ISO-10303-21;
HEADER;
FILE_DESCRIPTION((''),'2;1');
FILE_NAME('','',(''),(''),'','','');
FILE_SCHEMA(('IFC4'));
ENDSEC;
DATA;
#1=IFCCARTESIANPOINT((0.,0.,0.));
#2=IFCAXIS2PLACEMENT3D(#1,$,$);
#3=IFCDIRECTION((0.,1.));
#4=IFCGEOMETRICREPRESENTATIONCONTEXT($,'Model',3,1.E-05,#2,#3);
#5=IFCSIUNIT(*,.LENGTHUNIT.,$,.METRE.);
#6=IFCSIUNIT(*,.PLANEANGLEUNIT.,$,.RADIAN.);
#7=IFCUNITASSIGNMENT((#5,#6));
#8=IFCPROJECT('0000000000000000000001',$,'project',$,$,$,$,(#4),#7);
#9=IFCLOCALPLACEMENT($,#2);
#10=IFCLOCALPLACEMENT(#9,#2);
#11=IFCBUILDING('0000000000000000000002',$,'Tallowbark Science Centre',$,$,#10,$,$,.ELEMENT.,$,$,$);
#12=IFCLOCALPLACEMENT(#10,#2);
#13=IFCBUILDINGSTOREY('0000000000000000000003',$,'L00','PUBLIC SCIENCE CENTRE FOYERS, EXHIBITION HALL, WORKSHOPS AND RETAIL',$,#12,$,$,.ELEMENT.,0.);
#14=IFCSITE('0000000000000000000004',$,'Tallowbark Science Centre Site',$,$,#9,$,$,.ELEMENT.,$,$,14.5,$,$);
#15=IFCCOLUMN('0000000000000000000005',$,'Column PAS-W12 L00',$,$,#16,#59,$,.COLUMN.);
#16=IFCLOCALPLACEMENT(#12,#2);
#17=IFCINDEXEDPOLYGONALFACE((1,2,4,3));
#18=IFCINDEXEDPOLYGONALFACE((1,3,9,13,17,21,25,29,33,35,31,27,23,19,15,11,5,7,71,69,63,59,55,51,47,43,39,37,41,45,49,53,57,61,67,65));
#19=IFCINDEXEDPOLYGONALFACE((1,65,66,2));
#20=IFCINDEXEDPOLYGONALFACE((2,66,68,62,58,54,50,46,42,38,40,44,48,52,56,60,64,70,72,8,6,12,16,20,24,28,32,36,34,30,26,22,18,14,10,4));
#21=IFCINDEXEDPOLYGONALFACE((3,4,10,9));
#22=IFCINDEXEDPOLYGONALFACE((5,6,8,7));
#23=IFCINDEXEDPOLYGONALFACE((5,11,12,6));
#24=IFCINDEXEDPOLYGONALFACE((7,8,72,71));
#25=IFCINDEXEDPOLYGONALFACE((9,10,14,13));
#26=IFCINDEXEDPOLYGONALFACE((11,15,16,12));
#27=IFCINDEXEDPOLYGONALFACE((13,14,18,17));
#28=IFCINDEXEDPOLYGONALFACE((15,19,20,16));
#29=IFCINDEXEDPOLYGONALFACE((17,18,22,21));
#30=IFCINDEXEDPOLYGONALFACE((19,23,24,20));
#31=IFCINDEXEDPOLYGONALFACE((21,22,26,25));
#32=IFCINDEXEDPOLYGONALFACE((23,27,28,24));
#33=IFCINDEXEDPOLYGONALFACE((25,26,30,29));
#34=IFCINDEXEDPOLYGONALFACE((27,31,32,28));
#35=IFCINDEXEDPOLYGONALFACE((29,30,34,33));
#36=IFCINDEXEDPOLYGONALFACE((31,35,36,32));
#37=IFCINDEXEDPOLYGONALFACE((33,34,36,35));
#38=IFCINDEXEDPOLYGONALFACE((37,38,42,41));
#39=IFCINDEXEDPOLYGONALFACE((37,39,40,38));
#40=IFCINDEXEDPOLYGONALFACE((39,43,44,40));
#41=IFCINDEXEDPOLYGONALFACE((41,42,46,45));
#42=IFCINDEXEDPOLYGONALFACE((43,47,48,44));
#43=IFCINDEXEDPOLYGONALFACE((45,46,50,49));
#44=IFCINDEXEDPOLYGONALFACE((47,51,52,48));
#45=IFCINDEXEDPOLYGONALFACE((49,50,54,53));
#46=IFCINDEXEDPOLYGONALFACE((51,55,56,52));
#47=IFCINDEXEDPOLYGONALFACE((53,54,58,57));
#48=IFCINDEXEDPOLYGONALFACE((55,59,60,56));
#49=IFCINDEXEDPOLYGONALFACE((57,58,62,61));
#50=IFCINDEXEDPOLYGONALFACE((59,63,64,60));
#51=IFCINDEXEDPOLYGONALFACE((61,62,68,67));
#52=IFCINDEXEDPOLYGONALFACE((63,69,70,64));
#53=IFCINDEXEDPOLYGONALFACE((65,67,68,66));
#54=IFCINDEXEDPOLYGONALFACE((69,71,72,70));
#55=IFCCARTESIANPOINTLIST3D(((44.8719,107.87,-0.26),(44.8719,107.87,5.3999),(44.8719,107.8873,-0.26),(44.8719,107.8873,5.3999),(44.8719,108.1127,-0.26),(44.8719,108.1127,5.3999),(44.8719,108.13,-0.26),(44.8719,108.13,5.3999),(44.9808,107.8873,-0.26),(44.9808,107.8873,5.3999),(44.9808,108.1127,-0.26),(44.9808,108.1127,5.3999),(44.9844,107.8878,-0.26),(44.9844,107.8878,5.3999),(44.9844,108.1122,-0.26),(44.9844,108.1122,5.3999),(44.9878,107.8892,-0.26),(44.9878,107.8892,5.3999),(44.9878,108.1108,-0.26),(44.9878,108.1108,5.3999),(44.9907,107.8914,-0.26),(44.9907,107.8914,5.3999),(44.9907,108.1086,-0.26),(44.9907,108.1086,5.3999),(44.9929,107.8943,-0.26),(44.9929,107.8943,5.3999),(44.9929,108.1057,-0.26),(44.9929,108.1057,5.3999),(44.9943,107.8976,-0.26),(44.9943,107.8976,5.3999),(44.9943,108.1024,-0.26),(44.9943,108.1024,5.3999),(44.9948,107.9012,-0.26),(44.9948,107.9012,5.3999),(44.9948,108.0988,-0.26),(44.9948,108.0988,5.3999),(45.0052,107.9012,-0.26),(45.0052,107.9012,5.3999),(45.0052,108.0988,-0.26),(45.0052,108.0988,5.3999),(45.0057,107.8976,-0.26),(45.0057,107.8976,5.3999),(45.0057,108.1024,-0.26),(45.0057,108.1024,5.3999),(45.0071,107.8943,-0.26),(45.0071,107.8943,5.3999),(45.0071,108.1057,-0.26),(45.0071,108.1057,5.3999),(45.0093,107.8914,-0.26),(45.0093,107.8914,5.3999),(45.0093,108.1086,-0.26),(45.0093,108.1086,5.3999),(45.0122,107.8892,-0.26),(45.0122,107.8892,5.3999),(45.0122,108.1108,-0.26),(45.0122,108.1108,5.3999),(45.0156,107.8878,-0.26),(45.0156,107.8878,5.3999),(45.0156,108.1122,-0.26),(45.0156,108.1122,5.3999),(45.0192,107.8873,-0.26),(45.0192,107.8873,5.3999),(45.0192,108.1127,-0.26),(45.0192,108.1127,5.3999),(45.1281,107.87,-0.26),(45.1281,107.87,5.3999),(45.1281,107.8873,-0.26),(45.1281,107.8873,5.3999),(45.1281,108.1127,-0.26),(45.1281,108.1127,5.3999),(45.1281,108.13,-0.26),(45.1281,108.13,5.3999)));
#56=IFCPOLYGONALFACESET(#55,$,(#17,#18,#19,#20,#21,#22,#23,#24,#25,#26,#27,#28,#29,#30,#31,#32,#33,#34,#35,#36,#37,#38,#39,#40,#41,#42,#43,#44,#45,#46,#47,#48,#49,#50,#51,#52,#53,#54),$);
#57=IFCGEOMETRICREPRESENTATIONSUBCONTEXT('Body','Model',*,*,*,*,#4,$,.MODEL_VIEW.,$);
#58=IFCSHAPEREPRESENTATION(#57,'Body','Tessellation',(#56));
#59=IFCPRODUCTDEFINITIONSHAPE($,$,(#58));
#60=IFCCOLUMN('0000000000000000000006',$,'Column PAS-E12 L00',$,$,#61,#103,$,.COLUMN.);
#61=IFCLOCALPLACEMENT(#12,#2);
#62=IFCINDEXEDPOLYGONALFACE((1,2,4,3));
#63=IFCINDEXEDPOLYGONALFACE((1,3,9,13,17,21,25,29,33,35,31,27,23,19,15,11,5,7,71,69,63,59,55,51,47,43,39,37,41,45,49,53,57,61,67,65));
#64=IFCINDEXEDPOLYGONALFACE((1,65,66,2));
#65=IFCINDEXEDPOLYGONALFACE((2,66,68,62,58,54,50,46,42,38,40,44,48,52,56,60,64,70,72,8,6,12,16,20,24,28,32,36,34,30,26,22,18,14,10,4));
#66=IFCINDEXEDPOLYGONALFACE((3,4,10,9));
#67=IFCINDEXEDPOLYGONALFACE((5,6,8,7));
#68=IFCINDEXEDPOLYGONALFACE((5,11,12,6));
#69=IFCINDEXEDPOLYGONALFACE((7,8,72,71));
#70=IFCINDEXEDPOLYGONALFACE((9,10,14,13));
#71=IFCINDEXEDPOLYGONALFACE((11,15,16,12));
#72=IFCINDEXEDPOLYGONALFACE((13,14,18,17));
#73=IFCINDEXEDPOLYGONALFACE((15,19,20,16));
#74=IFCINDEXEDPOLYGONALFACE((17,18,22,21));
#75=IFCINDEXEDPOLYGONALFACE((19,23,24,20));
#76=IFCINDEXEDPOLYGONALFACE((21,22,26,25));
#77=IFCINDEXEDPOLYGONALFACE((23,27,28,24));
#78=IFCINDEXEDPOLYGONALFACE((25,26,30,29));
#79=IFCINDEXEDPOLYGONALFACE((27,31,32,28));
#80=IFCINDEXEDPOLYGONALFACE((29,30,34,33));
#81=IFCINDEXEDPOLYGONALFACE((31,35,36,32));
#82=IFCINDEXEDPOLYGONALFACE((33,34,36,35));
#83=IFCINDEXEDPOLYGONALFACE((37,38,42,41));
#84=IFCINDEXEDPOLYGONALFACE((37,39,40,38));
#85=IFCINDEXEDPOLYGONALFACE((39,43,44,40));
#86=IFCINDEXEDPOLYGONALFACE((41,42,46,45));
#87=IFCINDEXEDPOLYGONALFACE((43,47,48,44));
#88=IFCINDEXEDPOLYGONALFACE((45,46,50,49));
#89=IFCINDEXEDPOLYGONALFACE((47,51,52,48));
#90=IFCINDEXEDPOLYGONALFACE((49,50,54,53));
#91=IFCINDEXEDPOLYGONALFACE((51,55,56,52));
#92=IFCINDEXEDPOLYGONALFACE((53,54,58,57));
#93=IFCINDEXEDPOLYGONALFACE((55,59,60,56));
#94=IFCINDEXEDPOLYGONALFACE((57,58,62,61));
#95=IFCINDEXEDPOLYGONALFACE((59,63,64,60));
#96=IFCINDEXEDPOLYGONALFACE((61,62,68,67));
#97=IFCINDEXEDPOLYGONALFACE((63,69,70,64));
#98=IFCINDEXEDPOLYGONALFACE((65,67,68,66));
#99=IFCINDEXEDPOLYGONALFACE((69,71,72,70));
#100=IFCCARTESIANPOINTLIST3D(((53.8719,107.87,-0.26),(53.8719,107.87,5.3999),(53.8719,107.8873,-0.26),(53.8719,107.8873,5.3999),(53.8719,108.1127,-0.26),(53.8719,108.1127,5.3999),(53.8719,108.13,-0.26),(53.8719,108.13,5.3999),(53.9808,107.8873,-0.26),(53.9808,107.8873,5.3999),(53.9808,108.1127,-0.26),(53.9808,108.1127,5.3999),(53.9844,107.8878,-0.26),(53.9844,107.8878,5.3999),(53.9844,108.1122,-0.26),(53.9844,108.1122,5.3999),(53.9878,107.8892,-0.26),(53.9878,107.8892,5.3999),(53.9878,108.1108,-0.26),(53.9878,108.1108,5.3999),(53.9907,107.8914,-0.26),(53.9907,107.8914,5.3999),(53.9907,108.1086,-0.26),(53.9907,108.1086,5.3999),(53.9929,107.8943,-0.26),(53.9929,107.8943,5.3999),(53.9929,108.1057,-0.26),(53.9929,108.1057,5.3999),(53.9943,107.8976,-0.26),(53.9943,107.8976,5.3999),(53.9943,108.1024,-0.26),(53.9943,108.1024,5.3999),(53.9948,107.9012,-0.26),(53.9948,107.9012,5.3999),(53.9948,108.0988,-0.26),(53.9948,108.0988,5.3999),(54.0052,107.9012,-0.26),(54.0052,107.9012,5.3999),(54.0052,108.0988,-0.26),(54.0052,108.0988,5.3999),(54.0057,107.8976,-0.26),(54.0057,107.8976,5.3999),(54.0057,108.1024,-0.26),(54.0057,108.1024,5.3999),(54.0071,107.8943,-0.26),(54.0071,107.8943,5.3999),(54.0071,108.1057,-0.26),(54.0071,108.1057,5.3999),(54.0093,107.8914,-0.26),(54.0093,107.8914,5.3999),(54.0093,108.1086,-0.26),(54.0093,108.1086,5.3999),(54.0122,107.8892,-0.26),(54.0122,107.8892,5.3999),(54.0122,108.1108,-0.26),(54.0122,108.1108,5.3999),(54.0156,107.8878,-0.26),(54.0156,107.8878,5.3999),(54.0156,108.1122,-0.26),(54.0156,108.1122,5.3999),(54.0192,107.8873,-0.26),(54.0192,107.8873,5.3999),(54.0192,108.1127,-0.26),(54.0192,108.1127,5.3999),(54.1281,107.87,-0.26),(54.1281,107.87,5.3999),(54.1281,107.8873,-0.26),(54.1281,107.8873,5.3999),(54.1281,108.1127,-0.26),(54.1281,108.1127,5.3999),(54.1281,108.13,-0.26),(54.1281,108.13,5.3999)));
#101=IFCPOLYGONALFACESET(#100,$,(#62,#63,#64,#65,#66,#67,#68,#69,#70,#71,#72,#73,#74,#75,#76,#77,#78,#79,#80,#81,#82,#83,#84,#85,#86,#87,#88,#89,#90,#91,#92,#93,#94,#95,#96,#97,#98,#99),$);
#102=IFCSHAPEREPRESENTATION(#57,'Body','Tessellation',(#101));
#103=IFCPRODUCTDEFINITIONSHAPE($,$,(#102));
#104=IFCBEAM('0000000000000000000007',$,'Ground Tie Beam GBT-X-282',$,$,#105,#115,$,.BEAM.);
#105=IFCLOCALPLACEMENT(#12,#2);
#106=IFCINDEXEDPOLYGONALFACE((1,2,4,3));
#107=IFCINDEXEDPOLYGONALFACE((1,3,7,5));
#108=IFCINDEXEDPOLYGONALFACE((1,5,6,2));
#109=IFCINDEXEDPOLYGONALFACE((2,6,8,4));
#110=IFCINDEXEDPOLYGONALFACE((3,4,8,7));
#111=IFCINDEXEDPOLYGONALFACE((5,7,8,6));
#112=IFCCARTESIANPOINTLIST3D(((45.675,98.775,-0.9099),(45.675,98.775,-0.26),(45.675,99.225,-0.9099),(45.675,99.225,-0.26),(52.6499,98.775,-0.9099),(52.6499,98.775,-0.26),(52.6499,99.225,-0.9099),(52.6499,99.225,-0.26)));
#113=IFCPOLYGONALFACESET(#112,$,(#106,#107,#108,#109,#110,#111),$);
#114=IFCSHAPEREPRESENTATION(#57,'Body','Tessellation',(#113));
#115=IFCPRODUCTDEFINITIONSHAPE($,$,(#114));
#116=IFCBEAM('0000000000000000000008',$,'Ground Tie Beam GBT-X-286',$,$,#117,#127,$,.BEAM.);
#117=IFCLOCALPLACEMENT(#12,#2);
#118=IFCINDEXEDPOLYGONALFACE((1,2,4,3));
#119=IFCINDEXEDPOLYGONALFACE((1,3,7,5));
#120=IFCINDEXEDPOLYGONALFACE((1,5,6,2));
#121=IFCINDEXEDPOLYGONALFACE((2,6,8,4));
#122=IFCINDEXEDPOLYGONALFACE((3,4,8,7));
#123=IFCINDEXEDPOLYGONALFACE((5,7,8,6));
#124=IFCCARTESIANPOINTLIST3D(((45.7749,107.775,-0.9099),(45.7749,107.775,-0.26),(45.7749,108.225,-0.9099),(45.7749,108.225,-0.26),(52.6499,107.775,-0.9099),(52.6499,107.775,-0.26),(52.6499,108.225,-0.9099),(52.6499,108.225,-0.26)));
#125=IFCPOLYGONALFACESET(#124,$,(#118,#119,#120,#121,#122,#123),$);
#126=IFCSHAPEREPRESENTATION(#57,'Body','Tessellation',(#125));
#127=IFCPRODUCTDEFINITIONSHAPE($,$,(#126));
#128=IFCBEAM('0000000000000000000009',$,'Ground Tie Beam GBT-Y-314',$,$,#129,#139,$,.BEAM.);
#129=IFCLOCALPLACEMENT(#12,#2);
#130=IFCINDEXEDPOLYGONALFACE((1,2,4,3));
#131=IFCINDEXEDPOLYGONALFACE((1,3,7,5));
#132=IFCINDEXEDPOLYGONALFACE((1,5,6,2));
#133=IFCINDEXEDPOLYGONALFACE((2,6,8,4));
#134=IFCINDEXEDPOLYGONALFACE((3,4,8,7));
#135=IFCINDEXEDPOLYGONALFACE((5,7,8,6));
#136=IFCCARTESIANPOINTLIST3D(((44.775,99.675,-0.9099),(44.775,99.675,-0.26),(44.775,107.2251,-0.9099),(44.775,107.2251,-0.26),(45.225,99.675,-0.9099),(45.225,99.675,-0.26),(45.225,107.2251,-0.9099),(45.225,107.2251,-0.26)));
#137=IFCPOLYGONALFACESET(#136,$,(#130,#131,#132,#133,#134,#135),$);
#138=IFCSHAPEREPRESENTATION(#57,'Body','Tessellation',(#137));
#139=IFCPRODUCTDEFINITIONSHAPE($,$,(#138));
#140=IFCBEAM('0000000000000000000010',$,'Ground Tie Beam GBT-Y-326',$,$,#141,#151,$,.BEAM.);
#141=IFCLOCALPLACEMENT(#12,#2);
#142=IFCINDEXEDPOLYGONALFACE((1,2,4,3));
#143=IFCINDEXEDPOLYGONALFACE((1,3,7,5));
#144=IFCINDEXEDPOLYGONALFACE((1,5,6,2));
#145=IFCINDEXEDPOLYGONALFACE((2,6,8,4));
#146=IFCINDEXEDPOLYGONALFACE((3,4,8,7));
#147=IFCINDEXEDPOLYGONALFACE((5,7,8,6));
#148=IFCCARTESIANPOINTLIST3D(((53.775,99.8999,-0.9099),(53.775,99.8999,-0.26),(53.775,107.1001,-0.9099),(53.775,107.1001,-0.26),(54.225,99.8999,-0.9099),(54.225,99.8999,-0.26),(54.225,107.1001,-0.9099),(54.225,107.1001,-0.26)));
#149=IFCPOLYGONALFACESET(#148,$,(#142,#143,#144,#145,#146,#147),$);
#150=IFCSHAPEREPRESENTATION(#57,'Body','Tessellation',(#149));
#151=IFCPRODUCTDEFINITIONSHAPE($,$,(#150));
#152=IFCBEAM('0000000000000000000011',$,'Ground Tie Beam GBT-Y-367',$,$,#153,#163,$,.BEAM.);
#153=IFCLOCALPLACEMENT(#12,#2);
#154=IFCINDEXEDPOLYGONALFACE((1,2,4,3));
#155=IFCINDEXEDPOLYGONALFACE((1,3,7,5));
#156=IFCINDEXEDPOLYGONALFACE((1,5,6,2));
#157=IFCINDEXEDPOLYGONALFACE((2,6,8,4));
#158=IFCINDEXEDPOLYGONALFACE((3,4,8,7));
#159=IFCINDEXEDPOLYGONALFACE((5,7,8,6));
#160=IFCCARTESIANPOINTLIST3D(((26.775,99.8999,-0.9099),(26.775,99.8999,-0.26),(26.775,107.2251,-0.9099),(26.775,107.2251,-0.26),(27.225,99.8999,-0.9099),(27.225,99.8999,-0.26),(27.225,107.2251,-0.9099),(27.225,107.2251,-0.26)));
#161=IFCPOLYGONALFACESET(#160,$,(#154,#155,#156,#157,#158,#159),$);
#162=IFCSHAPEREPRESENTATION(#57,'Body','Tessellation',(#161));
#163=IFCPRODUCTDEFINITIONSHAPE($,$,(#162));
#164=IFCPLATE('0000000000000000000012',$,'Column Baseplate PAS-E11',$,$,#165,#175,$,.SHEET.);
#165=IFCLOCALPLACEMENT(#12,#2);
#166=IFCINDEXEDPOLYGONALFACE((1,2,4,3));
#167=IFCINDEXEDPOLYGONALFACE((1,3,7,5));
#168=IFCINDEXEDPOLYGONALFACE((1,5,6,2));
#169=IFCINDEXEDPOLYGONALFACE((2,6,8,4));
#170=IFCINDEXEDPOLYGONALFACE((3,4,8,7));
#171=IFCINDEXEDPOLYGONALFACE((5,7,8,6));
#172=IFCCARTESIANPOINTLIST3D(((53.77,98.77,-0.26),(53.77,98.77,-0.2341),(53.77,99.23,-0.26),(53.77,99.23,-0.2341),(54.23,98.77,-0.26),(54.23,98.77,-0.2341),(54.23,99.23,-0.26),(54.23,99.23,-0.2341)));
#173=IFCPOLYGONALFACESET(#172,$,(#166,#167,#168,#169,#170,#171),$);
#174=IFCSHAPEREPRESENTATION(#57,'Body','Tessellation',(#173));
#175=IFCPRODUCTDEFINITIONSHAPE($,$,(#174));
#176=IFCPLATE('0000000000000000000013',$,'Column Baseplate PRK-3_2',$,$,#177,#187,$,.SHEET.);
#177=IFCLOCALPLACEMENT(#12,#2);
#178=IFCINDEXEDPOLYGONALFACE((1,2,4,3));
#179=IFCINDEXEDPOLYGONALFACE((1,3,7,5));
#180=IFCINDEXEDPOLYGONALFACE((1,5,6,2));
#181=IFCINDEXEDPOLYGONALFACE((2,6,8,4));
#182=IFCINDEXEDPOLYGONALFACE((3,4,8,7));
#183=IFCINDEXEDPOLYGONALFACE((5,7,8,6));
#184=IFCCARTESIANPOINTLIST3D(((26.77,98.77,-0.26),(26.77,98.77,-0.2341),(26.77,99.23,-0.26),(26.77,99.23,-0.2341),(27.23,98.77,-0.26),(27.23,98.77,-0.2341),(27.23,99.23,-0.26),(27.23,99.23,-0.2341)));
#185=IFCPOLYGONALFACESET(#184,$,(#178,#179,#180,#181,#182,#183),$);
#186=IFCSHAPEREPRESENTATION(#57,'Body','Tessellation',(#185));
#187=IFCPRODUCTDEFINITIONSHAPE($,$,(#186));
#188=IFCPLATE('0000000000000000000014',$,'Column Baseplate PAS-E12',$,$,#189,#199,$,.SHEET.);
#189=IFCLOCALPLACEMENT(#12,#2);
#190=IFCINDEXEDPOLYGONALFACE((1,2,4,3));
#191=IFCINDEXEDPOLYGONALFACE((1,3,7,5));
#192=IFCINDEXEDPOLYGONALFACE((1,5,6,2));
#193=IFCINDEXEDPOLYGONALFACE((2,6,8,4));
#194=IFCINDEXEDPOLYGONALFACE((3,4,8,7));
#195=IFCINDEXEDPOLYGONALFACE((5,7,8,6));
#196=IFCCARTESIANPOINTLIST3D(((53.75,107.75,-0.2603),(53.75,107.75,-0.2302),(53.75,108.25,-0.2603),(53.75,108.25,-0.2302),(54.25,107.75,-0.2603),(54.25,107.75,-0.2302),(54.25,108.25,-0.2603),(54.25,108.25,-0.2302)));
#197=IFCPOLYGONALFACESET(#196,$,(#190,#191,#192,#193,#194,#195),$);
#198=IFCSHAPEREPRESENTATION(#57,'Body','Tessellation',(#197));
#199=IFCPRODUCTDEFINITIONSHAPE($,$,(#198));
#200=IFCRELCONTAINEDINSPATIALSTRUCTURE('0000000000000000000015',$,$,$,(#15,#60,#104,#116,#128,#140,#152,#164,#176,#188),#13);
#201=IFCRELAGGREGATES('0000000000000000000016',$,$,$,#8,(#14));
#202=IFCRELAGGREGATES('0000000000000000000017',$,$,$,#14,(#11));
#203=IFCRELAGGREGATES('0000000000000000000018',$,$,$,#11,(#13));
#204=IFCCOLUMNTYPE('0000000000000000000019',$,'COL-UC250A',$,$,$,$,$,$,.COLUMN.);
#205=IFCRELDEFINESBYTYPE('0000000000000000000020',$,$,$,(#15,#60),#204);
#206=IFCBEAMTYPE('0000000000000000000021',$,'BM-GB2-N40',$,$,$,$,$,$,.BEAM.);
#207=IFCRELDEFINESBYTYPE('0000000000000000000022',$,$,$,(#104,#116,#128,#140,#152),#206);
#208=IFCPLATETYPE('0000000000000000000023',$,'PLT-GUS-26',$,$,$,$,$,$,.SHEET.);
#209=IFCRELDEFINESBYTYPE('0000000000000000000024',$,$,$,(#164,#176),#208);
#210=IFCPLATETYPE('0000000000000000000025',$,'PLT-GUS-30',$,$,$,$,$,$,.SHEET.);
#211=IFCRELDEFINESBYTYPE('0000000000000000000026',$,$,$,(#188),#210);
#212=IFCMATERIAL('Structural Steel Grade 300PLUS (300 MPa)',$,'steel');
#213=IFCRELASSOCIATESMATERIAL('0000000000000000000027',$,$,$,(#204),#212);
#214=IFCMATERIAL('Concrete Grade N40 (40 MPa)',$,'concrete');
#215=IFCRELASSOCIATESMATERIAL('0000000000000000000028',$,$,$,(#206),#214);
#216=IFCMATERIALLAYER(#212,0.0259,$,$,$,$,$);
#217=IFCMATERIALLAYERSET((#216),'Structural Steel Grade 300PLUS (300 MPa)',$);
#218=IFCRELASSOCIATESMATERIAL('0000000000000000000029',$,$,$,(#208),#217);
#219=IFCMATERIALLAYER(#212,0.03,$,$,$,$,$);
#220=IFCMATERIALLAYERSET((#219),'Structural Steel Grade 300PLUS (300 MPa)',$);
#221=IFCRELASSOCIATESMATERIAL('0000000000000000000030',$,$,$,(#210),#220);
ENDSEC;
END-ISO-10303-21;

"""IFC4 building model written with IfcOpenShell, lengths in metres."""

from ifc_helpers import new_model, si_unit, direction, frame, origin, origin_2d, place, context, subcontext, project, spatial, rectangle, i_section, extrude, material, layer, layer_set, material_profile, profile_set, type_object, element, save


model = new_model("IFC4")

# Units and contexts
model_context = context("Model", 3, precision=1e-05, world=origin(), true_north=direction((0.0, 1.0)))
body_context = subcontext(model_context, "Body", "Model", "MODEL_VIEW")
ifc_project = project(units=[si_unit("LENGTHUNIT", "METRE"), si_unit("PLANEANGLEUNIT", "RADIAN")], contexts=[model_context])

# Site, building, storey
site_placement = place(None, origin())
site = spatial("IfcSite", under=ifc_project, at=site_placement, Name="Tallowbark Science Centre Site", CompositionType="ELEMENT", RefElevation=14.5)
building_placement = place(site_placement, origin())
building = spatial("IfcBuilding", under=site, at=building_placement, Name="Tallowbark Science Centre", CompositionType="ELEMENT")
storey_placement = place(building_placement, origin())
storey = spatial("IfcBuildingStorey", under=building, at=storey_placement, Name="L00", Description="PUBLIC SCIENCE CENTRE FOYERS, EXHIBITION HALL, WORKSHOPS AND RETAIL", CompositionType="ELEMENT", Elevation=0.0)

# Shared definitions
ifc_material_1 = material(Name="Concrete Grade N40 (40 MPa)", Category="concrete")

# Columns
ifc_material_2 = material(Name="Structural Steel Grade 300PLUS (300 MPa)", Category="steel")
ifc_material_profile_1 = material_profile(ifc_material_2, i_section(OverallWidth=0.2561, OverallDepth=0.26, WebThickness=0.0105, FlangeThickness=0.0173, FilletRadius=0.0139, at=origin_2d()), Name="250UC89.5")
ifc_profile_set_1 = profile_set([ifc_material_profile_1], Name="Structural Steel Grade 300PLUS (300 MPa)")
column_type_1 = type_object("IfcColumnType", Name="COL-UC250A", PredefinedType="COLUMN", material=ifc_profile_set_1)
for number, where, z_axis, x_axis, name in (
    (1, (45.0, 108.0, -0.26), (0.0, 0.0, 1.0), (1.0, 0.0, 0.0), "Column PAS-W12 L00"),
    (2, (54.0, 108.0, -0.26), (0.0, 0.0, 1.0), (1.0, 0.0, 0.0), "Column PAS-E12 L00"),
):
    element("IfcColumn", number, at=place(storey_placement, frame(where, z_axis=z_axis, x_axis=x_axis)), inside=storey, type_object=column_type_1, Name=name, PredefinedType="COLUMN", context=body_context, shape_type="SweptSolid", body=[
        extrude(i_section(OverallWidth=0.2561, OverallDepth=0.26, WebThickness=0.0105, FlangeThickness=0.0173, FilletRadius=0.0139, at=origin_2d()), origin(), (0.0, 0.0, 1.0), 5.6599),
    ])

# Beams
ifc_material_profile_2 = material_profile(ifc_material_1, rectangle(XDim=0.45, YDim=0.6499, at=origin_2d()), Name="RC450x650")
ifc_profile_set_2 = profile_set([ifc_material_profile_2], Name="Concrete Grade N40 (40 MPa)")
beam_type = type_object("IfcBeamType", Name="BM-GB2-N40", PredefinedType="BEAM", material=ifc_profile_set_2)
beam_1_placement = place(storey_placement, frame((45.675, 99.0, -0.585), z_axis=(1.0, 0.0, 0.0), x_axis=(0.0, 1.0, 0.0)))
element("IfcBeam", 3, at=beam_1_placement, inside=storey, type_object=beam_type, Name="Ground Tie Beam GBT-X-282", PredefinedType="BEAM", context=body_context, shape_type="SweptSolid", body=[
    extrude(rectangle(XDim=0.45, YDim=0.6499, at=origin_2d()), origin(), (0.0, 0.0, 1.0), 6.9749),
])
beam_2_placement = place(storey_placement, frame((45.7749, 108.0, -0.585), z_axis=(1.0, 0.0, 0.0), x_axis=(0.0, 1.0, 0.0)))
element("IfcBeam", 4, at=beam_2_placement, inside=storey, type_object=beam_type, Name="Ground Tie Beam GBT-X-286", PredefinedType="BEAM", context=body_context, shape_type="SweptSolid", body=[
    extrude(rectangle(XDim=0.45, YDim=0.6499, at=origin_2d()), origin(), (0.0, 0.0, 1.0), 6.875),
])
beam_3_placement = place(storey_placement, frame((45.0, 99.675, -0.585), z_axis=(0.0, 1.0, 0.0), x_axis=(-1.0, 0.0, 0.0)))
element("IfcBeam", 5, at=beam_3_placement, inside=storey, type_object=beam_type, Name="Ground Tie Beam GBT-Y-314", PredefinedType="BEAM", context=body_context, shape_type="SweptSolid", body=[
    extrude(rectangle(XDim=0.45, YDim=0.6499, at=origin_2d()), origin(), (0.0, 0.0, 1.0), 7.55),
])
beam_4_placement = place(storey_placement, frame((54.0, 99.8999, -0.585), z_axis=(0.0, 1.0, 0.0), x_axis=(-1.0, 0.0, 0.0)))
element("IfcBeam", 6, at=beam_4_placement, inside=storey, type_object=beam_type, Name="Ground Tie Beam GBT-Y-326", PredefinedType="BEAM", context=body_context, shape_type="SweptSolid", body=[
    extrude(rectangle(XDim=0.45, YDim=0.6499, at=origin_2d()), origin(), (0.0, 0.0, 1.0), 7.2002),
])
beam_5_placement = place(storey_placement, frame((27.0, 99.8999, -0.585), z_axis=(0.0, 1.0, 0.0), x_axis=(-1.0, 0.0, 0.0)))
element("IfcBeam", 7, at=beam_5_placement, inside=storey, type_object=beam_type, Name="Ground Tie Beam GBT-Y-367", PredefinedType="BEAM", context=body_context, shape_type="SweptSolid", body=[
    extrude(rectangle(XDim=0.45, YDim=0.6499, at=origin_2d()), origin(), (0.0, 0.0, 1.0), 7.3252),
])

# Plates
ifc_layer_1 = layer(ifc_material_2, 0.0259)
ifc_layer_set_1 = layer_set([ifc_layer_1], Name="Structural Steel Grade 300PLUS (300 MPa)")
plate_type_1 = type_object("IfcPlateType", Name="PLT-GUS-26", PredefinedType="SHEET", material=ifc_layer_set_1)
for number, where, z_axis, x_axis, name in (
    (8, (54.0, 99.0, -0.26), (0.0, 0.0, 1.0), (1.0, 0.0, 0.0), "Column Baseplate PAS-E11"),
    (9, (27.0, 99.0, -0.26), (0.0, 0.0, 1.0), (1.0, 0.0, 0.0), "Column Baseplate PRK-3_2"),
):
    element("IfcPlate", number, at=place(storey_placement, frame(where, z_axis=z_axis, x_axis=x_axis)), inside=storey, type_object=plate_type_1, Name=name, PredefinedType="SHEET", context=body_context, shape_type="SweptSolid", body=[
        extrude(rectangle(XDim=0.46, YDim=0.46, at=origin_2d()), origin(), (0.0, 0.0, 1.0), 0.0259),
    ])
ifc_layer_2 = layer(ifc_material_2, 0.03)
ifc_layer_set_2 = layer_set([ifc_layer_2], Name="Structural Steel Grade 300PLUS (300 MPa)")
plate_type_2 = type_object("IfcPlateType", Name="PLT-GUS-30", PredefinedType="SHEET", material=ifc_layer_set_2)
plate_placement = place(storey_placement, frame((54.0, 108.0, -0.2603), z_axis=(0.0, 0.0, 1.0), x_axis=(1.0, 0.0, 0.0)))
element("IfcPlate", 10, at=plate_placement, inside=storey, type_object=plate_type_2, Name="Column Baseplate PAS-E12", PredefinedType="SHEET", context=body_context, shape_type="SweptSolid", body=[
    extrude(rectangle(XDim=0.5, YDim=0.5, at=origin_2d()), origin(), (0.0, 0.0, 1.0), 0.03),
])

save(model, "model.ifc")
